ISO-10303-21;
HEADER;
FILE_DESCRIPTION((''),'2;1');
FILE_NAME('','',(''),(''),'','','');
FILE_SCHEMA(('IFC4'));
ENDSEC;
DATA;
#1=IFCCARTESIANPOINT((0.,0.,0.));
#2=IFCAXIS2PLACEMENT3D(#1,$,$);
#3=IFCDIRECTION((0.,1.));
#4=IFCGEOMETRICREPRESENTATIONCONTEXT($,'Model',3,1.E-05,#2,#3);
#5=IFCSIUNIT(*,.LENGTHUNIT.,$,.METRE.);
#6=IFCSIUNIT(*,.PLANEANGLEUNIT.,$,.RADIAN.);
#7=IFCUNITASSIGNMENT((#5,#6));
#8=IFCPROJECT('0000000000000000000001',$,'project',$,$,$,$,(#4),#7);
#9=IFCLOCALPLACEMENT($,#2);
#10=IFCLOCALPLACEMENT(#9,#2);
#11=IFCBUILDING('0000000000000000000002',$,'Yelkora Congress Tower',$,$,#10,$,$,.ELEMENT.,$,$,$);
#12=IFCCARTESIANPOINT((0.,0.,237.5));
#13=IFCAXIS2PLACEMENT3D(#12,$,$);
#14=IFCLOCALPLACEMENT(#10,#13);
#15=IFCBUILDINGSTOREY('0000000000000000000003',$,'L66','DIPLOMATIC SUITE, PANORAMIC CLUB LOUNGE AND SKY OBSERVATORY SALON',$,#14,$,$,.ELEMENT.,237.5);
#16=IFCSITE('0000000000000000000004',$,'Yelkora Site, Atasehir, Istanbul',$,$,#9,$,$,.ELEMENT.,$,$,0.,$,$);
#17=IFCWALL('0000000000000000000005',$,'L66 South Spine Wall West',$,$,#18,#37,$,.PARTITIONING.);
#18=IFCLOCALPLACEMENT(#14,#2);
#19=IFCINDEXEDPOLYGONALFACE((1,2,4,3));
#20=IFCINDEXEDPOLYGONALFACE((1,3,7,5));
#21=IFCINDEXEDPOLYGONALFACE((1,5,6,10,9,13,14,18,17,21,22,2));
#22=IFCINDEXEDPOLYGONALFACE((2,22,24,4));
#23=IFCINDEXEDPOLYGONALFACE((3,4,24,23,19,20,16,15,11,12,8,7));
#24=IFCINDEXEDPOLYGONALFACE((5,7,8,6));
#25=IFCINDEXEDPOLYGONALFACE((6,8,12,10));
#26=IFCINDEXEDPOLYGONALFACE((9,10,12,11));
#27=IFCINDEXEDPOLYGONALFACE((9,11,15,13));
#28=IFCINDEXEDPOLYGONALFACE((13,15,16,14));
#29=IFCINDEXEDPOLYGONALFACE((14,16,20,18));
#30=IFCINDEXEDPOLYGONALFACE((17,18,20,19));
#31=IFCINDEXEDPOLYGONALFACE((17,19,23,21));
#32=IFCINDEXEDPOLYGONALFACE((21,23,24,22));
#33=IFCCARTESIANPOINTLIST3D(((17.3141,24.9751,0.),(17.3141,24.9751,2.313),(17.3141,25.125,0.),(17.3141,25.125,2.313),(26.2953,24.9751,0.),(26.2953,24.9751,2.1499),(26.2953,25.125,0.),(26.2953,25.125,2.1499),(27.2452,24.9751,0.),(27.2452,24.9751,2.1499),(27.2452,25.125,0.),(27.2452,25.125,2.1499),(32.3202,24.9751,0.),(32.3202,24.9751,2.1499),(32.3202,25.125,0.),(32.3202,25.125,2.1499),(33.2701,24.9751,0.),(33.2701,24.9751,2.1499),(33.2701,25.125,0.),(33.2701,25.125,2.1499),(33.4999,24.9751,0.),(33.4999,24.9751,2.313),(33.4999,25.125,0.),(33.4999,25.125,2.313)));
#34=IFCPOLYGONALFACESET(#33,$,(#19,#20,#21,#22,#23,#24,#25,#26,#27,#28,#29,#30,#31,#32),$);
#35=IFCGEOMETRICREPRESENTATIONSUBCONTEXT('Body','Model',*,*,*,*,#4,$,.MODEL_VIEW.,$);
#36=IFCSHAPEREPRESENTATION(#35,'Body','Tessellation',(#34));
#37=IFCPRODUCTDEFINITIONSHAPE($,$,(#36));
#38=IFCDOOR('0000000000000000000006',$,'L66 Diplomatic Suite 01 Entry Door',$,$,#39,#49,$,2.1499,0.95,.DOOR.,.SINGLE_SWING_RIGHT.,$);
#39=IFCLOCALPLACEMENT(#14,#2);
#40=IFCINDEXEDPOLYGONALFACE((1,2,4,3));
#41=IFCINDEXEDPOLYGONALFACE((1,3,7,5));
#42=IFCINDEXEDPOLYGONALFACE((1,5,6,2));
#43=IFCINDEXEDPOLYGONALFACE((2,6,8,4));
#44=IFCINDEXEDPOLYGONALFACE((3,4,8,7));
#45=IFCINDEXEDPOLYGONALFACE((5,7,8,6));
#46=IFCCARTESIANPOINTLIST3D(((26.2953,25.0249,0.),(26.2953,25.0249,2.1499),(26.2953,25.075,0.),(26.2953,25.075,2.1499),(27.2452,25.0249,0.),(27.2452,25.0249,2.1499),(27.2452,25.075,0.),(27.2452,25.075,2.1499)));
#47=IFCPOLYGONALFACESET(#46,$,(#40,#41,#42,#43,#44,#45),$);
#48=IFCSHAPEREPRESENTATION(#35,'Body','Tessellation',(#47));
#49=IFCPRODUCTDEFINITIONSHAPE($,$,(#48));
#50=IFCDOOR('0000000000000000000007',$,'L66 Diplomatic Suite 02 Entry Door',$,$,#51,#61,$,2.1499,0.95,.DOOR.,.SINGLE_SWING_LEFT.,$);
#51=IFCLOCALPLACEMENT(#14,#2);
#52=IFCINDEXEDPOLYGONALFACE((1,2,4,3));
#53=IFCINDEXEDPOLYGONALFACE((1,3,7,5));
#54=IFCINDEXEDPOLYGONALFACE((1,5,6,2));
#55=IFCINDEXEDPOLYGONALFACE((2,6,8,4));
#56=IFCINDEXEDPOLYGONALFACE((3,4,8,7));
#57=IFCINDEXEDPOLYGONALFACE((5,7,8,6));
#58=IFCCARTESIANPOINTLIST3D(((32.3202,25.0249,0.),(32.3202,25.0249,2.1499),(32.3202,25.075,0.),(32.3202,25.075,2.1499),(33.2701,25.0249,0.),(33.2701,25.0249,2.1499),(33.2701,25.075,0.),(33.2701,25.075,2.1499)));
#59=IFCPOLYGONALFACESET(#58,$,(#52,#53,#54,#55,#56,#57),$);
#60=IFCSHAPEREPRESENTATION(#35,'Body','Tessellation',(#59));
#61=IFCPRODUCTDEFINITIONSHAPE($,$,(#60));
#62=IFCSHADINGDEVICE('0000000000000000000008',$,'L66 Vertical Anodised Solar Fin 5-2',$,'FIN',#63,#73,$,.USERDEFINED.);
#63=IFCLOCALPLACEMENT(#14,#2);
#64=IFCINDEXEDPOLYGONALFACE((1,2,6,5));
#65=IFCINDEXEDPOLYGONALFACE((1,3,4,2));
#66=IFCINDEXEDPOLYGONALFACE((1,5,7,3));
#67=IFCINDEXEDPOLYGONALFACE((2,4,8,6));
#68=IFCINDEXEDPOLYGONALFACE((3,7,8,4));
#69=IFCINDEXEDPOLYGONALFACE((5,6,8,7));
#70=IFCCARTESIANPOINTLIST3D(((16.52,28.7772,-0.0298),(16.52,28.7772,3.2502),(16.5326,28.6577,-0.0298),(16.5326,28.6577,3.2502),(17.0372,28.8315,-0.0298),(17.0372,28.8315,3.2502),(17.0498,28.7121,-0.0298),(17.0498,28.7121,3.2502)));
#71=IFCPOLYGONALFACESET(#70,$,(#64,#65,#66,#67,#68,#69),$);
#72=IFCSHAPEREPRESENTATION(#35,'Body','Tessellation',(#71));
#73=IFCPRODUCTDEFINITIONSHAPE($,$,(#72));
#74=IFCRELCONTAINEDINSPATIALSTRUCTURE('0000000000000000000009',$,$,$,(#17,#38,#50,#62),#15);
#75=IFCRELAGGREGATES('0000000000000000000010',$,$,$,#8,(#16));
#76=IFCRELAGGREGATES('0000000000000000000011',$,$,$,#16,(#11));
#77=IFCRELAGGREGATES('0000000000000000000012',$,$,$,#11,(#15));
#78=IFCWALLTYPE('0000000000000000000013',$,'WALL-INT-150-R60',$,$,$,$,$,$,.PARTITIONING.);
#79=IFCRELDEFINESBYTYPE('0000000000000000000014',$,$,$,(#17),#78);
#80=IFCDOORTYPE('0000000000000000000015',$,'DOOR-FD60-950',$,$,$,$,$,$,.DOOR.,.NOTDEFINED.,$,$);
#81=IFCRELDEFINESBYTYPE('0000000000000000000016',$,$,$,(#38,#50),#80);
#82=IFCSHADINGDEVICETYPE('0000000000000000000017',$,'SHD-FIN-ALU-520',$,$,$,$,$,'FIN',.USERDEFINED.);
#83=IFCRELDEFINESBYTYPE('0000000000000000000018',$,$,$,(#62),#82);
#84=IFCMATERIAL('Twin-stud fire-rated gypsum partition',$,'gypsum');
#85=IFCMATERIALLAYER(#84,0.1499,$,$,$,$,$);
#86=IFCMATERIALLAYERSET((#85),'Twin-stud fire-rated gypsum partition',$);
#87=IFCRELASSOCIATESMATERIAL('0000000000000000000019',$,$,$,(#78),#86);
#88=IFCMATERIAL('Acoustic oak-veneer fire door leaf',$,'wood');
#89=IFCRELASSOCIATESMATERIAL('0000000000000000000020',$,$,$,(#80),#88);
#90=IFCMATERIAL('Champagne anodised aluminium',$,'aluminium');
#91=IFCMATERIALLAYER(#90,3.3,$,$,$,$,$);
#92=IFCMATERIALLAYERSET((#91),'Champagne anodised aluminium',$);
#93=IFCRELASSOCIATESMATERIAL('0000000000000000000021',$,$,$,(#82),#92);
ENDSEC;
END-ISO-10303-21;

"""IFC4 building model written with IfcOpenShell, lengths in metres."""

from ifc_helpers import new_model, si_unit, direction, frame, frame_2d, origin, origin_2d, place, context, subcontext, project, spatial, rectangle, extrude, material, layer, layer_set, type_object, element, fill, save


model = new_model("IFC4")

# Units and contexts
model_context = context("Model", 3, precision=1e-05, world=origin(), true_north=direction((0.0, 1.0)))
body_context = subcontext(model_context, "Body", "Model", "MODEL_VIEW")
ifc_project = project(units=[si_unit("LENGTHUNIT", "METRE"), si_unit("PLANEANGLEUNIT", "RADIAN")], contexts=[model_context])

# Site, building, storey
site_placement = place(None, origin())
site = spatial("IfcSite", under=ifc_project, at=site_placement, Name="Yelkora Site, Atasehir, Istanbul", CompositionType="ELEMENT", RefElevation=0.0)
building_placement = place(site_placement, origin())
building = spatial("IfcBuilding", under=site, at=building_placement, Name="Yelkora Congress Tower", CompositionType="ELEMENT")
storey_placement = place(building_placement, frame((0.0, 0.0, 237.5)))
storey = spatial("IfcBuildingStorey", under=building, at=storey_placement, Name="L66", Description="DIPLOMATIC SUITE, PANORAMIC CLUB LOUNGE AND SKY OBSERVATORY SALON", CompositionType="ELEMENT", Elevation=237.5)

# Wall, openings, doors
ifc_material_1 = material(Name="Twin-stud fire-rated gypsum partition", Category="gypsum")
ifc_layer_1 = layer(ifc_material_1, 0.1499)
ifc_layer_set_1 = layer_set([ifc_layer_1], Name="Twin-stud fire-rated gypsum partition")
wall_type = type_object("IfcWallType", Name="WALL-INT-150-R60", PredefinedType="PARTITIONING", material=ifc_layer_set_1)
wall_placement = place(storey_placement, frame((17.3142, 25.05, 0.0), z_axis=(0.0, 0.0, 1.0), x_axis=(1.0, 0.0, 0.0)))
wall = element("IfcWall", 1, at=wall_placement, inside=storey, type_object=wall_type, Name="L66 South Spine Wall West", PredefinedType="PARTITIONING", context=body_context, shape_type="SweptSolid", body=[
    extrude(rectangle(XDim=16.1858, YDim=0.1499, at=frame_2d((8.0928, 0.0))), origin(), (0.0, 0.0, 1.0), 2.313),
])
opening_1_placement = place(wall_placement, frame((8.981, 0.0, 0.0)))
opening_1 = element("IfcOpeningElement", 2, at=opening_1_placement, cuts=wall, PredefinedType="OPENING", context=body_context, shape_type="SweptSolid", body=[
    extrude(rectangle(XDim=0.95, YDim=2.1499, at=frame_2d((0.4751, 1.075))), frame((0.0, 0.085, 0.0), z_axis=(0.0, -1.0, 0.0), x_axis=(1.0, 0.0, 0.0)), (0.0, 0.0, 1.0), 0.1699),
])
opening_2_placement = place(wall_placement, frame((15.0059, 0.0, 0.0)))
opening_2 = element("IfcOpeningElement", 3, at=opening_2_placement, cuts=wall, PredefinedType="OPENING", context=body_context, shape_type="SweptSolid", body=[
    extrude(rectangle(XDim=0.95, YDim=2.1499, at=frame_2d((0.4751, 1.075))), frame((0.0, 0.085, 0.0), z_axis=(0.0, -1.0, 0.0), x_axis=(1.0, 0.0, 0.0)), (0.0, 0.0, 1.0), 0.1699),
])
ifc_material_2 = material(Name="Acoustic oak-veneer fire door leaf", Category="wood")
door_type = type_object("IfcDoorType", Name="DOOR-FD60-950", OperationType="NOTDEFINED", PredefinedType="DOOR", material=ifc_material_2)
door_1_placement = place(opening_1_placement, origin())
door_1 = element("IfcDoor", 4, at=door_1_placement, inside=storey, type_object=door_type, Name="L66 Diplomatic Suite 01 Entry Door", OperationType="SINGLE_SWING_RIGHT", OverallHeight=2.1499, OverallWidth=0.95, PredefinedType="DOOR", context=body_context, shape_type="SweptSolid", body=[
    extrude(rectangle(XDim=0.95, YDim=2.1499, at=frame_2d((0.4751, 1.075))), frame((0.0, 0.0249, 0.0), z_axis=(0.0, -1.0, 0.0), x_axis=(1.0, 0.0, 0.0)), (0.0, 0.0, 1.0), 0.05),
])
fill(opening_1, door_1)
door_2_placement = place(opening_2_placement, origin())
door_2 = element("IfcDoor", 5, at=door_2_placement, inside=storey, type_object=door_type, Name="L66 Diplomatic Suite 02 Entry Door", OperationType="SINGLE_SWING_LEFT", OverallHeight=2.1499, OverallWidth=0.95, PredefinedType="DOOR", context=body_context, shape_type="SweptSolid", body=[
    extrude(rectangle(XDim=0.95, YDim=2.1499, at=frame_2d((0.4751, 1.075))), frame((0.0, 0.0249, 0.0), z_axis=(0.0, -1.0, 0.0), x_axis=(1.0, 0.0, 0.0)), (0.0, 0.0, 1.0), 0.05),
])
fill(opening_2, door_2)

# Shading device
ifc_material_3 = material(Name="Champagne anodised aluminium", Category="aluminium")
ifc_layer_2 = layer(ifc_material_3, 3.3)
ifc_layer_set_2 = layer_set([ifc_layer_2], Name="Champagne anodised aluminium")
shading_device_type = type_object("IfcShadingDeviceType", Name="SHD-FIN-ALU-520", ElementType="FIN", PredefinedType="USERDEFINED", material=ifc_layer_set_2)
shading_device_placement = place(storey_placement, frame((16.7849, 28.7446, -0.0298), z_axis=(0.0, 0.0, 1.0), x_axis=(-0.104528, 0.994522, 0.0)))
element("IfcShadingDevice", 6, at=shading_device_placement, inside=storey, type_object=shading_device_type, Name="L66 Vertical Anodised Solar Fin 5-2", ObjectType="FIN", PredefinedType="USERDEFINED", context=body_context, shape_type="SweptSolid", body=[
    extrude(rectangle(XDim=0.1201, YDim=0.52, at=origin_2d()), origin(), (0.0, 0.0, 1.0), 3.28),
])

save(model, "model.ifc")
